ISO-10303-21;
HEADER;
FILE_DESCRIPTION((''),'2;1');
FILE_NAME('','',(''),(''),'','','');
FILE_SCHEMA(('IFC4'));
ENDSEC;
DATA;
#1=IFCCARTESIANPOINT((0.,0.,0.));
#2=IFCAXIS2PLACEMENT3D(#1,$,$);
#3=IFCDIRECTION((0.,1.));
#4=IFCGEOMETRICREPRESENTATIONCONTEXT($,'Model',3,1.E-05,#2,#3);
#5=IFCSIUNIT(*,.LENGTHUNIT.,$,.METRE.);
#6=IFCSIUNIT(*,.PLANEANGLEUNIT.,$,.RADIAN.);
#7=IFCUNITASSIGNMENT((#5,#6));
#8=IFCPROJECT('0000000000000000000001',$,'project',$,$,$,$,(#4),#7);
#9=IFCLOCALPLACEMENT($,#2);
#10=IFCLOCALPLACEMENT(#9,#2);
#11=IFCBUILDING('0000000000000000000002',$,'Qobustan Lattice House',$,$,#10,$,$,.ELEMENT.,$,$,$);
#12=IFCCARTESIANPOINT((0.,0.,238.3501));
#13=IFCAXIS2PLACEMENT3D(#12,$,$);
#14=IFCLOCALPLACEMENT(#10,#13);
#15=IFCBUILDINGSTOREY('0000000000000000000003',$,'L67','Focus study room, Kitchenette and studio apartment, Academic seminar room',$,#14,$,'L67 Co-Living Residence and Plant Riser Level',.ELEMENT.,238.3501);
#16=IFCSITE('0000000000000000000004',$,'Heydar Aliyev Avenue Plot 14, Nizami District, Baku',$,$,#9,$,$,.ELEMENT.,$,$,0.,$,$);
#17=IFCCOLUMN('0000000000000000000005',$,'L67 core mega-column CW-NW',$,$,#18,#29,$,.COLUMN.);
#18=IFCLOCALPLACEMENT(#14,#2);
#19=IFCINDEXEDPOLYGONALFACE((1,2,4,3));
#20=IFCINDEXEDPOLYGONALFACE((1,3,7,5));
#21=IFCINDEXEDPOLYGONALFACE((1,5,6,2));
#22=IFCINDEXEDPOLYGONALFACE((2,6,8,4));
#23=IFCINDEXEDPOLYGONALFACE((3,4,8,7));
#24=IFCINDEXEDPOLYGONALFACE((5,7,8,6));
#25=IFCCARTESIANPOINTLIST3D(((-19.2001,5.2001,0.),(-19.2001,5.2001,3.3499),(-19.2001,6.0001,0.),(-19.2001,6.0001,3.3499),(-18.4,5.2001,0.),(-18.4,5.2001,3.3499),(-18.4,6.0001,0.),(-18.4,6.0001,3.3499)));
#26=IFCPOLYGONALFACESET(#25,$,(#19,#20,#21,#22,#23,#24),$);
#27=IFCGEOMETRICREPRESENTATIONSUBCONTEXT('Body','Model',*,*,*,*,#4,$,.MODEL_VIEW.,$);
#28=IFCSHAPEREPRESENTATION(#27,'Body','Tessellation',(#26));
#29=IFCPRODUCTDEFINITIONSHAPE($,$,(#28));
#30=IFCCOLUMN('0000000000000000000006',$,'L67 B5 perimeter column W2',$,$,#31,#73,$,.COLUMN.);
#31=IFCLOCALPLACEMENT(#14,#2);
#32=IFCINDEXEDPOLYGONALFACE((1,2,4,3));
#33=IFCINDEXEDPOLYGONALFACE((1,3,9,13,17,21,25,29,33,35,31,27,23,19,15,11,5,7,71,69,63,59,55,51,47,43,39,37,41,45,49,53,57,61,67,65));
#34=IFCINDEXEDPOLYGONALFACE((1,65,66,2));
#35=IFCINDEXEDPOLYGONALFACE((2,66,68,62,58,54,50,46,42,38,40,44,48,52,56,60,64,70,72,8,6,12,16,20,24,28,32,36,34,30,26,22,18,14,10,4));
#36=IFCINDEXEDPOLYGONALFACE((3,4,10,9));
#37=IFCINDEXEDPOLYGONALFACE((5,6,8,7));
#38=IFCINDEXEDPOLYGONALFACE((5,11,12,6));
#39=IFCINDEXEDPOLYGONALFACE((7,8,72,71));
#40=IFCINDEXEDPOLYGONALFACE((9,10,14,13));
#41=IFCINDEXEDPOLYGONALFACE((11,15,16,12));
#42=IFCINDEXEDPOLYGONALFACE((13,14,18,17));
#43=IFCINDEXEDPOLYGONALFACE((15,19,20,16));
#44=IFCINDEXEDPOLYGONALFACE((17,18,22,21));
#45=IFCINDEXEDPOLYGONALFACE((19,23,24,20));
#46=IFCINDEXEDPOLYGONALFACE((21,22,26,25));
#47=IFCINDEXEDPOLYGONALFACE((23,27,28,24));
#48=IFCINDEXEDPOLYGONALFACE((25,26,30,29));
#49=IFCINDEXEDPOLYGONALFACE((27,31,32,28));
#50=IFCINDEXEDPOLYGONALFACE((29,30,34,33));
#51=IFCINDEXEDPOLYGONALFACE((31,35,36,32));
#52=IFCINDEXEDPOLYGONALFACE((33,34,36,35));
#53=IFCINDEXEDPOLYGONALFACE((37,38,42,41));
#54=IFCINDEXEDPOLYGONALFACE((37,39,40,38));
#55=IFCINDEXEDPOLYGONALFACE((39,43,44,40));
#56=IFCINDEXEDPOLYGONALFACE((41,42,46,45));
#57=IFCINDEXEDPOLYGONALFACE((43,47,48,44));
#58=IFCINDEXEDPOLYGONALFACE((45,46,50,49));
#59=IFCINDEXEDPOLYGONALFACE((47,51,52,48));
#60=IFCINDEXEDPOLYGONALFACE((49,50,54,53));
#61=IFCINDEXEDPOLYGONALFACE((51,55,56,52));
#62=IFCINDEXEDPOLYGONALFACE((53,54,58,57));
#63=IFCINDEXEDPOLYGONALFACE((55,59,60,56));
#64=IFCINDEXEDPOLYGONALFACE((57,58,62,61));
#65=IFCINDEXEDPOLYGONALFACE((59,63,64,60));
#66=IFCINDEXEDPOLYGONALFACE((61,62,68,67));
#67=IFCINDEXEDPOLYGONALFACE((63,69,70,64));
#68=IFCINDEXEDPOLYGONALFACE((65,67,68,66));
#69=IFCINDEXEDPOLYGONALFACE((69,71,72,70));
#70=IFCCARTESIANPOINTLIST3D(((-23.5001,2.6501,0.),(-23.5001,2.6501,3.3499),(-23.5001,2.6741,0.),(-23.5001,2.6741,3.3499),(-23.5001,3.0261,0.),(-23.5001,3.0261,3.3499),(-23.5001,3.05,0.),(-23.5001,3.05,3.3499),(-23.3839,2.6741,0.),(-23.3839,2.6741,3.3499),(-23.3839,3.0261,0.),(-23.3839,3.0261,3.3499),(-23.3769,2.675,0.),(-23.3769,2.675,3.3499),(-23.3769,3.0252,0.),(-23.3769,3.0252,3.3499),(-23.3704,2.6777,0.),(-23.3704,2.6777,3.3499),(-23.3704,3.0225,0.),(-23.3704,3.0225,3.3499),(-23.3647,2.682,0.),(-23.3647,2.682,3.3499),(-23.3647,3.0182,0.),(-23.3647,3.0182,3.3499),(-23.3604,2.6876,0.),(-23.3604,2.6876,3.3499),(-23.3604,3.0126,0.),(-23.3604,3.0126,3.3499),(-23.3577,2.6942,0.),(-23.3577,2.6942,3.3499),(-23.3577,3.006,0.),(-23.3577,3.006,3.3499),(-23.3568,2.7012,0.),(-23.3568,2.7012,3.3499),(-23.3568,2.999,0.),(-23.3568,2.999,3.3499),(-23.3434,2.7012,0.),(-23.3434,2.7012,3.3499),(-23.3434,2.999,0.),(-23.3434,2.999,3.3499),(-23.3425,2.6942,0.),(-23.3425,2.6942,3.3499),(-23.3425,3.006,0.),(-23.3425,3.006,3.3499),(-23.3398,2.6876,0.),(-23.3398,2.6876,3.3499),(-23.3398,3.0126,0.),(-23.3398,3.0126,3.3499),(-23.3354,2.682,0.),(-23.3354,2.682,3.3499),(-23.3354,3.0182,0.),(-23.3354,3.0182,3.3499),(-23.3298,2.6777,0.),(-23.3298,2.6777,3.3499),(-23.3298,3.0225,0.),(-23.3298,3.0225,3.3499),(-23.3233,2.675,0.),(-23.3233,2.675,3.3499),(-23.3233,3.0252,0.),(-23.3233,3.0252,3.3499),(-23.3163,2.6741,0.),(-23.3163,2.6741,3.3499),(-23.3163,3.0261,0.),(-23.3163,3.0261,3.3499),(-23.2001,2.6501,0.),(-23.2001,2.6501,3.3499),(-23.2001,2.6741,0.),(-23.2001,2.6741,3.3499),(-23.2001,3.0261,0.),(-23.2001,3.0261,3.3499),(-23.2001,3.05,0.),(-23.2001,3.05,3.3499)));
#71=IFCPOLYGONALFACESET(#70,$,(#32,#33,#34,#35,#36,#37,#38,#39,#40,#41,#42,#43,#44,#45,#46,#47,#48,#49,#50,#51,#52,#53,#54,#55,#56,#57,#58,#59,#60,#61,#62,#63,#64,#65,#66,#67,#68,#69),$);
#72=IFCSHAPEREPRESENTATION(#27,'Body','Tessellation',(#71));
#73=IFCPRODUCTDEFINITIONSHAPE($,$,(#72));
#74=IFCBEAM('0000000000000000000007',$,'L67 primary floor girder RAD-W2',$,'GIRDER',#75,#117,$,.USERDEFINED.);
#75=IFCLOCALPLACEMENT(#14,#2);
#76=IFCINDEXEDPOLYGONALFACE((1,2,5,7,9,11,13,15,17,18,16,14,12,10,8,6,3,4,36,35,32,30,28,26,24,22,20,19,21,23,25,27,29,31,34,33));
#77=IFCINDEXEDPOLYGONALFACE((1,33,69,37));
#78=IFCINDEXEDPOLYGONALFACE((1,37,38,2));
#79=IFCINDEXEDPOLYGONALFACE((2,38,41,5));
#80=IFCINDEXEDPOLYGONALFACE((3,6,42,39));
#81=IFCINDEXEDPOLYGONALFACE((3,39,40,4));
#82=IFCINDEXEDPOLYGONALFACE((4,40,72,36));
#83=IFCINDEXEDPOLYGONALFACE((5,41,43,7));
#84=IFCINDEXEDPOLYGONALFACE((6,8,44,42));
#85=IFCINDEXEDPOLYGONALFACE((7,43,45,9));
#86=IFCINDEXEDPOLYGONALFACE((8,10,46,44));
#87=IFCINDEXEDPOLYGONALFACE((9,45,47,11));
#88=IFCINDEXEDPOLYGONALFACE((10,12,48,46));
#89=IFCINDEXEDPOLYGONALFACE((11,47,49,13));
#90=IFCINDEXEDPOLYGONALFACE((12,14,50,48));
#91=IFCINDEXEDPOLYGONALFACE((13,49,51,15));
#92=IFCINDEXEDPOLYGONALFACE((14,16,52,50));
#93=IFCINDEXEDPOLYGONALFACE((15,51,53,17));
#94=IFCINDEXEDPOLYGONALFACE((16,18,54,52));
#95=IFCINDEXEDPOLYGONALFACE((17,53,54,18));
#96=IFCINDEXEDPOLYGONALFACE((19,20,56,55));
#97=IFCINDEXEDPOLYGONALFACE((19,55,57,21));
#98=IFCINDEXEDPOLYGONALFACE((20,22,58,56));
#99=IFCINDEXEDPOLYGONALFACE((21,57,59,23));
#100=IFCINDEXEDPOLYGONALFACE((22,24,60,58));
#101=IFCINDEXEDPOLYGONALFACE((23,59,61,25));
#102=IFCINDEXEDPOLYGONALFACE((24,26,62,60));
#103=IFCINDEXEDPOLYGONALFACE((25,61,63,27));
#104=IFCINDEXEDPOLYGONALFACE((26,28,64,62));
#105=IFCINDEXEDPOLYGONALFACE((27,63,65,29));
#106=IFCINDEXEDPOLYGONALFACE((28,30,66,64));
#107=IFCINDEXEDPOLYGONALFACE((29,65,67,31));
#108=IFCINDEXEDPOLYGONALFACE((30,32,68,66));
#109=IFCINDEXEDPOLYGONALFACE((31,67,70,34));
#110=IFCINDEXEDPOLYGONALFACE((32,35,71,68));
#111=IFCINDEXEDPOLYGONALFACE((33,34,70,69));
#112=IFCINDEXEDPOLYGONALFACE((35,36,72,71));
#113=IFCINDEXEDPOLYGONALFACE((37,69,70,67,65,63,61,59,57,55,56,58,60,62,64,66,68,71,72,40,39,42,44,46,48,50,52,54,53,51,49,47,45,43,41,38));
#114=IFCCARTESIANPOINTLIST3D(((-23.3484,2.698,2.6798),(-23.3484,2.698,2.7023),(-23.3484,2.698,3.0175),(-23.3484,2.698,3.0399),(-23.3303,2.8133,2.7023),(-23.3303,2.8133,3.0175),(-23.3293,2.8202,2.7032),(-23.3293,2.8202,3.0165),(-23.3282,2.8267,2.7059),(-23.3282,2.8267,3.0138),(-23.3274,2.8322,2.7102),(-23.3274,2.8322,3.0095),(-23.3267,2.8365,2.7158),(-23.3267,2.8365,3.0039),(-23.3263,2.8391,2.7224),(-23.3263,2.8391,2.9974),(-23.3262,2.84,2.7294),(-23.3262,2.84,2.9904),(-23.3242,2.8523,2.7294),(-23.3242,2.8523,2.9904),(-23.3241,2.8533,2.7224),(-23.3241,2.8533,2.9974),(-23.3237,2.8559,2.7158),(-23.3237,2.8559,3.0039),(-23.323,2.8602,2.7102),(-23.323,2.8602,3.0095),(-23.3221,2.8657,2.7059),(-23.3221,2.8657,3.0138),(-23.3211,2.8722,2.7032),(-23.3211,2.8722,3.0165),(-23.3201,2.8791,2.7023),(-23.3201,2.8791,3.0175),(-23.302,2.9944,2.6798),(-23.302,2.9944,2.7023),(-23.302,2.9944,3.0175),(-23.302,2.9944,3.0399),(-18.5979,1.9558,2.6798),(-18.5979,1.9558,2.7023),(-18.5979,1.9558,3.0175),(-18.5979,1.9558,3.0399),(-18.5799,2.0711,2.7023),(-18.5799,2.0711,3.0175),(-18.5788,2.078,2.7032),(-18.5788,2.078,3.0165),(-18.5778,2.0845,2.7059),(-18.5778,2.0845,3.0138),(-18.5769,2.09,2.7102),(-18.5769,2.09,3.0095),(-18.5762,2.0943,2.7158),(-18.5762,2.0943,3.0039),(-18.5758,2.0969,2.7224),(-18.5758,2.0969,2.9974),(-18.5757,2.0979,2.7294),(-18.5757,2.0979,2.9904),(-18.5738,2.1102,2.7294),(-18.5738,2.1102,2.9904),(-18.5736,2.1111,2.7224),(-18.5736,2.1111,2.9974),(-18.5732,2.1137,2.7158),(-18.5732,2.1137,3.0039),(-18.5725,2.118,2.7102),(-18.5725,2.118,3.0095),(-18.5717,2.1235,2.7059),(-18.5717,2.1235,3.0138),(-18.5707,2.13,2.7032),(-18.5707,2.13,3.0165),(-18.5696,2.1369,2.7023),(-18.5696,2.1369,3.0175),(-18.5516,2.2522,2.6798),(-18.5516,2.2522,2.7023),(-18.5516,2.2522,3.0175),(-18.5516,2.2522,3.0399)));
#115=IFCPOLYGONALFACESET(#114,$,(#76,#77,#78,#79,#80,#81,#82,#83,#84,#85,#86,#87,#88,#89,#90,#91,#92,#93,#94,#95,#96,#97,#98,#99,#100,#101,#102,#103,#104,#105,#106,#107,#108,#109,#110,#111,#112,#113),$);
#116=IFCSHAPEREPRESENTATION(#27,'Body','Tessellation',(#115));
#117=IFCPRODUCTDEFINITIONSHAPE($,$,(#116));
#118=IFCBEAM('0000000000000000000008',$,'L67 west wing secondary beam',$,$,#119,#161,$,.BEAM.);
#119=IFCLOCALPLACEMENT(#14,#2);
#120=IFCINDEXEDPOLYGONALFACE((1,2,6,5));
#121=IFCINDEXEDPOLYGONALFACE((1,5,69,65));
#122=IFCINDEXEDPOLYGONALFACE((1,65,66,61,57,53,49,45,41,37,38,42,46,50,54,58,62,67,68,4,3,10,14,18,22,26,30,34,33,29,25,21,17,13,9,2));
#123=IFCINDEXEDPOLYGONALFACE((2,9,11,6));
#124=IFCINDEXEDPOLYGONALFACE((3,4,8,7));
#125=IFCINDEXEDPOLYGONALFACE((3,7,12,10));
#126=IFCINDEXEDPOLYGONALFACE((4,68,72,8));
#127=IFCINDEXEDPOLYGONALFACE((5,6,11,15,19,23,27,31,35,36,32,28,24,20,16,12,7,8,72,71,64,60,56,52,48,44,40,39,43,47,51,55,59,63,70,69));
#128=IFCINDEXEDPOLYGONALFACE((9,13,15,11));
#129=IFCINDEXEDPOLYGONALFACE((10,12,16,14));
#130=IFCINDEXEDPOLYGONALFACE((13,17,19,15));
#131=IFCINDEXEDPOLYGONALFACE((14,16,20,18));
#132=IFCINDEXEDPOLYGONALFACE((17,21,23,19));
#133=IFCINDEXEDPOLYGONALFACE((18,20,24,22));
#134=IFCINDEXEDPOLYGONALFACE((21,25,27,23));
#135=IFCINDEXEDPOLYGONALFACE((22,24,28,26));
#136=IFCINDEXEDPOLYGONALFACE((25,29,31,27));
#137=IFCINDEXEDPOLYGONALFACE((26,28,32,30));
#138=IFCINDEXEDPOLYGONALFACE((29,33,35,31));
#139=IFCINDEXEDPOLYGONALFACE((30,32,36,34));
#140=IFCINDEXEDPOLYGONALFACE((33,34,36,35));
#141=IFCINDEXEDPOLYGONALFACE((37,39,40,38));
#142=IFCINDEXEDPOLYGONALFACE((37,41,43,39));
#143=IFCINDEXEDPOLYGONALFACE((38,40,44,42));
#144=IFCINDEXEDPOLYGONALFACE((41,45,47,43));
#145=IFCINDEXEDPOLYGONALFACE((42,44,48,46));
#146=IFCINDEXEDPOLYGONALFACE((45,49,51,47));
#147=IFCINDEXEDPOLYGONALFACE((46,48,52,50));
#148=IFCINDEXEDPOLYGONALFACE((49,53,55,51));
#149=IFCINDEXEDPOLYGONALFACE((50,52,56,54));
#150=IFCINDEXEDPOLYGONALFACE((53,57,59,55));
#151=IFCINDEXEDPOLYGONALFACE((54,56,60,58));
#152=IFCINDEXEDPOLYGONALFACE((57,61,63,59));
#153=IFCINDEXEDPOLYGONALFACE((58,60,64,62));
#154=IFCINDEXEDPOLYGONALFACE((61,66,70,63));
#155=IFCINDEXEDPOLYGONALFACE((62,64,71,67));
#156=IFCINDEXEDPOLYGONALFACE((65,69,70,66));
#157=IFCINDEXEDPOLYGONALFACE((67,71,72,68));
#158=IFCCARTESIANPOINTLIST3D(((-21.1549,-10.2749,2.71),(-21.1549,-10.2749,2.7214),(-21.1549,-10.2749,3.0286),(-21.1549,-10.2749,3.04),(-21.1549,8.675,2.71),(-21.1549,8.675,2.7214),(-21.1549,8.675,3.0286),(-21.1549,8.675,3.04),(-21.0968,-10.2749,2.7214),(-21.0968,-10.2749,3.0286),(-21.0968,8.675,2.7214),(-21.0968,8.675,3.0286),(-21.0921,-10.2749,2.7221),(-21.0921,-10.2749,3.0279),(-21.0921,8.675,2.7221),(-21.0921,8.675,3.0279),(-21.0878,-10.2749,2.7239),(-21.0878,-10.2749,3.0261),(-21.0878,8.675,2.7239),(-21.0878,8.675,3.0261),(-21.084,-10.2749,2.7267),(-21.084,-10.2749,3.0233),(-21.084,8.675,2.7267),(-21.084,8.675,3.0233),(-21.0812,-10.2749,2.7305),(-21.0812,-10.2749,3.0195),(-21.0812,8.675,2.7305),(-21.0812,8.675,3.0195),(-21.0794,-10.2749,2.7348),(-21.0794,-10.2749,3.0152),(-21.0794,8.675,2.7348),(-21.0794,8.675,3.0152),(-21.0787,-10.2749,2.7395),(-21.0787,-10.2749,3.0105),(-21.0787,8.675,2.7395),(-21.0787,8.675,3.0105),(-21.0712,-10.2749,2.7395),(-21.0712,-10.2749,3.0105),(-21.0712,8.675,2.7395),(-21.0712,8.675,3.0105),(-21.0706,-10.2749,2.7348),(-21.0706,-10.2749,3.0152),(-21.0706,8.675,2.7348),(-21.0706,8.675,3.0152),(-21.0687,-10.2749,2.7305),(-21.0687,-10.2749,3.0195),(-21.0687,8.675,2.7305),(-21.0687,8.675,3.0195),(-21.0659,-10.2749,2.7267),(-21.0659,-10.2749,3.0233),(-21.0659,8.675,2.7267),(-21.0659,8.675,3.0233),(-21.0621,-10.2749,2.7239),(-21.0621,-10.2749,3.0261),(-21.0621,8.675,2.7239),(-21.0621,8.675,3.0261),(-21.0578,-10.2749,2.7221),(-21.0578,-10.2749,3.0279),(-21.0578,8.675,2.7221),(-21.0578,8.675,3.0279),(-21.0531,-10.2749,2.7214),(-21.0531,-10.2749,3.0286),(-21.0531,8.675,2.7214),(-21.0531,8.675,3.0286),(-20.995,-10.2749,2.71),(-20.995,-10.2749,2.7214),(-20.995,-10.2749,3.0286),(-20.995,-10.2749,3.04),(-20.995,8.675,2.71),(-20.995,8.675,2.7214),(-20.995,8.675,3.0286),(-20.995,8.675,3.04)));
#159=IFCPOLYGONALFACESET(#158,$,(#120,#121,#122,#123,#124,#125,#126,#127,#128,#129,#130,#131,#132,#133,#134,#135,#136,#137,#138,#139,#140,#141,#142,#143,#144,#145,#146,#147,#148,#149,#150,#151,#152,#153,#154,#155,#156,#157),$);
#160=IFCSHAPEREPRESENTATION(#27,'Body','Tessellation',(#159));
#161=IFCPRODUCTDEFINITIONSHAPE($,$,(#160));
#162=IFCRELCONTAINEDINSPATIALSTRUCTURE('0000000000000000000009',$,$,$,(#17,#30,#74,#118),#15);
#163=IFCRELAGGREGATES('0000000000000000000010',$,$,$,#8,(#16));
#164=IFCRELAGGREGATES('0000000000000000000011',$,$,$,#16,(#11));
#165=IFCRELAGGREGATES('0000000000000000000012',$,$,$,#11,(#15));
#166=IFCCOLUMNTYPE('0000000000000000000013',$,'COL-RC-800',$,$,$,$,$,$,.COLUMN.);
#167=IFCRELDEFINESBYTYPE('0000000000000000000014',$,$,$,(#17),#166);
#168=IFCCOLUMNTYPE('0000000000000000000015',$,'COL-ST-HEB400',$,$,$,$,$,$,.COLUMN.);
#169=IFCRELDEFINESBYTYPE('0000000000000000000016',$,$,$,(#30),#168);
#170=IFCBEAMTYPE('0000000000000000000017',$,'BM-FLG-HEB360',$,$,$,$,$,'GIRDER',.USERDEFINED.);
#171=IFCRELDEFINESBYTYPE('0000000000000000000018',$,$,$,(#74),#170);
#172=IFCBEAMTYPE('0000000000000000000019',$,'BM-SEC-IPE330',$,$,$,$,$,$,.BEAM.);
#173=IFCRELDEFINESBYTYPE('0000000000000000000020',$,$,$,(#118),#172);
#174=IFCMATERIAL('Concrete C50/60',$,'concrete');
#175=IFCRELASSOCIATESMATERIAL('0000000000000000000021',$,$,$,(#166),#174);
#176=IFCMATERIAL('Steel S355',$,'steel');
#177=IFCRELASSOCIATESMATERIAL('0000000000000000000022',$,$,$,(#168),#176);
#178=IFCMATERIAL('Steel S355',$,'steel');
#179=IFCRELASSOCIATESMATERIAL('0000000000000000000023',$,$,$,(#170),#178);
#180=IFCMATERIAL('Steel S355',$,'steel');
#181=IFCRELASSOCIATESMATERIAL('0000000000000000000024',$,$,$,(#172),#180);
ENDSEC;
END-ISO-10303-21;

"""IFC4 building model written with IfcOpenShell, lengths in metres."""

from ifc_helpers import new_model, si_unit, direction, frame, origin, origin_2d, place, context, subcontext, project, spatial, rectangle, i_section, extrude, material, material_profile, profile_set, type_object, element, save


model = new_model("IFC4")

# Units and contexts
model_context = context("Model", 3, precision=1e-05, world=origin(), true_north=direction((0.0, 1.0)))
body_context = subcontext(model_context, "Body", "Model", "MODEL_VIEW")
ifc_project = project(units=[si_unit("LENGTHUNIT", "METRE"), si_unit("PLANEANGLEUNIT", "RADIAN")], contexts=[model_context])

# Site, building, storey
site_placement = place(None, origin())
site = spatial("IfcSite", under=ifc_project, at=site_placement, Name="Heydar Aliyev Avenue Plot 14, Nizami District, Baku", CompositionType="ELEMENT", RefElevation=0.0)
building_placement = place(site_placement, origin())
building = spatial("IfcBuilding", under=site, at=building_placement, Name="Qobustan Lattice House", CompositionType="ELEMENT")
storey_placement = place(building_placement, frame((0.0, 0.0, 238.3501)))
storey = spatial("IfcBuildingStorey", under=building, at=storey_placement, Name="L67", Description="Focus study room, Kitchenette and studio apartment, Academic seminar room", LongName="L67 Co-Living Residence and Plant Riser Level", CompositionType="ELEMENT", Elevation=238.3501)

# Columns
ifc_material_1 = material(Name="Concrete C50/60", Category="concrete")
ifc_material_profile_1 = material_profile(ifc_material_1, rectangle(XDim=0.8, YDim=0.8, at=origin_2d()), Name="RC800x800")
ifc_profile_set_1 = profile_set([ifc_material_profile_1], Name="Concrete C50/60")
column_type_1 = type_object("IfcColumnType", Name="COL-RC-800", PredefinedType="COLUMN", material=ifc_profile_set_1)
column_1_placement = place(storey_placement, frame((-18.8, 5.6001, 0.0), z_axis=(0.0, 0.0, 1.0), x_axis=(1.0, 0.0, 0.0)))
element("IfcColumn", 1, at=column_1_placement, inside=storey, type_object=column_type_1, Name="L67 core mega-column CW-NW", PredefinedType="COLUMN", context=body_context, shape_type="SweptSolid", body=[
    extrude(rectangle(XDim=0.8, YDim=0.8, at=origin_2d()), origin(), (0.0, 0.0, 1.0), 3.3499),
])
ifc_material_2 = material(Name="Steel S355", Category="steel")
ifc_material_profile_2 = material_profile(ifc_material_2, i_section(OverallWidth=0.3, OverallDepth=0.3999, WebThickness=0.0134, FlangeThickness=0.0239, FilletRadius=0.0271, at=origin_2d()), Name="HEB400")
ifc_profile_set_2 = profile_set([ifc_material_profile_2], Name="Steel S355")
column_type_2 = type_object("IfcColumnType", Name="COL-ST-HEB400", PredefinedType="COLUMN", material=ifc_profile_set_2)
column_2_placement = place(storey_placement, frame((-23.3501, 2.8501, 0.0), z_axis=(0.0, 0.0, 1.0), x_axis=(1.0, 0.0, 0.0)))
element("IfcColumn", 2, at=column_2_placement, inside=storey, type_object=column_type_2, Name="L67 B5 perimeter column W2", PredefinedType="COLUMN", context=body_context, shape_type="SweptSolid", body=[
    extrude(i_section(OverallWidth=0.3, OverallDepth=0.3999, WebThickness=0.0134, FlangeThickness=0.0239, FilletRadius=0.0271, at=origin_2d()), origin(), (0.0, 0.0, 1.0), 3.3499),
])

# Beams
ifc_material_3 = material(Name="Steel S355", Category="steel")
ifc_material_profile_3 = material_profile(ifc_material_3, i_section(OverallWidth=0.3, OverallDepth=0.3601, WebThickness=0.0125, FlangeThickness=0.0225, FilletRadius=0.0271, at=origin_2d()), Name="HEB360")
ifc_profile_set_3 = profile_set([ifc_material_profile_3], Name="Steel S355")
beam_type_1 = type_object("IfcBeamType", Name="BM-FLG-HEB360", ElementType="GIRDER", PredefinedType="USERDEFINED", material=ifc_profile_set_3)
beam_1_placement = place(storey_placement, frame((-23.3252, 2.8462, 2.8599), z_axis=(0.988014, -0.154361, 0.0), x_axis=(0.154361, 0.988014, 0.0)))
element("IfcBeam", 3, at=beam_1_placement, inside=storey, type_object=beam_type_1, Name="L67 primary floor girder RAD-W2", ObjectType="GIRDER", PredefinedType="USERDEFINED", context=body_context, shape_type="SweptSolid", body=[
    extrude(i_section(OverallWidth=0.3, OverallDepth=0.3601, WebThickness=0.0125, FlangeThickness=0.0225, FilletRadius=0.0271, at=origin_2d()), origin(), (0.0, 0.0, 1.0), 4.8081),
])
ifc_material_4 = material(Name="Steel S355", Category="steel")
ifc_material_profile_4 = material_profile(ifc_material_4, i_section(OverallWidth=0.1599, OverallDepth=0.3301, WebThickness=0.0076, FlangeThickness=0.0115, FilletRadius=0.0181, at=origin_2d()), Name="IPE330")
ifc_profile_set_4 = profile_set([ifc_material_profile_4], Name="Steel S355")
beam_type_2 = type_object("IfcBeamType", Name="BM-SEC-IPE330", PredefinedType="BEAM", material=ifc_profile_set_4)
beam_2_placement = place(storey_placement, frame((-21.075, 8.675, 2.875), z_axis=(0.0, -1.0, 0.0), x_axis=(1.0, 0.0, 0.0)))
element("IfcBeam", 4, at=beam_2_placement, inside=storey, type_object=beam_type_2, Name="L67 west wing secondary beam", PredefinedType="BEAM", context=body_context, shape_type="SweptSolid", body=[
    extrude(i_section(OverallWidth=0.1599, OverallDepth=0.3301, WebThickness=0.0076, FlangeThickness=0.0115, FilletRadius=0.0181, at=origin_2d()), origin(), (0.0, 0.0, 1.0), 18.95),
])

save(model, "model.ifc")
